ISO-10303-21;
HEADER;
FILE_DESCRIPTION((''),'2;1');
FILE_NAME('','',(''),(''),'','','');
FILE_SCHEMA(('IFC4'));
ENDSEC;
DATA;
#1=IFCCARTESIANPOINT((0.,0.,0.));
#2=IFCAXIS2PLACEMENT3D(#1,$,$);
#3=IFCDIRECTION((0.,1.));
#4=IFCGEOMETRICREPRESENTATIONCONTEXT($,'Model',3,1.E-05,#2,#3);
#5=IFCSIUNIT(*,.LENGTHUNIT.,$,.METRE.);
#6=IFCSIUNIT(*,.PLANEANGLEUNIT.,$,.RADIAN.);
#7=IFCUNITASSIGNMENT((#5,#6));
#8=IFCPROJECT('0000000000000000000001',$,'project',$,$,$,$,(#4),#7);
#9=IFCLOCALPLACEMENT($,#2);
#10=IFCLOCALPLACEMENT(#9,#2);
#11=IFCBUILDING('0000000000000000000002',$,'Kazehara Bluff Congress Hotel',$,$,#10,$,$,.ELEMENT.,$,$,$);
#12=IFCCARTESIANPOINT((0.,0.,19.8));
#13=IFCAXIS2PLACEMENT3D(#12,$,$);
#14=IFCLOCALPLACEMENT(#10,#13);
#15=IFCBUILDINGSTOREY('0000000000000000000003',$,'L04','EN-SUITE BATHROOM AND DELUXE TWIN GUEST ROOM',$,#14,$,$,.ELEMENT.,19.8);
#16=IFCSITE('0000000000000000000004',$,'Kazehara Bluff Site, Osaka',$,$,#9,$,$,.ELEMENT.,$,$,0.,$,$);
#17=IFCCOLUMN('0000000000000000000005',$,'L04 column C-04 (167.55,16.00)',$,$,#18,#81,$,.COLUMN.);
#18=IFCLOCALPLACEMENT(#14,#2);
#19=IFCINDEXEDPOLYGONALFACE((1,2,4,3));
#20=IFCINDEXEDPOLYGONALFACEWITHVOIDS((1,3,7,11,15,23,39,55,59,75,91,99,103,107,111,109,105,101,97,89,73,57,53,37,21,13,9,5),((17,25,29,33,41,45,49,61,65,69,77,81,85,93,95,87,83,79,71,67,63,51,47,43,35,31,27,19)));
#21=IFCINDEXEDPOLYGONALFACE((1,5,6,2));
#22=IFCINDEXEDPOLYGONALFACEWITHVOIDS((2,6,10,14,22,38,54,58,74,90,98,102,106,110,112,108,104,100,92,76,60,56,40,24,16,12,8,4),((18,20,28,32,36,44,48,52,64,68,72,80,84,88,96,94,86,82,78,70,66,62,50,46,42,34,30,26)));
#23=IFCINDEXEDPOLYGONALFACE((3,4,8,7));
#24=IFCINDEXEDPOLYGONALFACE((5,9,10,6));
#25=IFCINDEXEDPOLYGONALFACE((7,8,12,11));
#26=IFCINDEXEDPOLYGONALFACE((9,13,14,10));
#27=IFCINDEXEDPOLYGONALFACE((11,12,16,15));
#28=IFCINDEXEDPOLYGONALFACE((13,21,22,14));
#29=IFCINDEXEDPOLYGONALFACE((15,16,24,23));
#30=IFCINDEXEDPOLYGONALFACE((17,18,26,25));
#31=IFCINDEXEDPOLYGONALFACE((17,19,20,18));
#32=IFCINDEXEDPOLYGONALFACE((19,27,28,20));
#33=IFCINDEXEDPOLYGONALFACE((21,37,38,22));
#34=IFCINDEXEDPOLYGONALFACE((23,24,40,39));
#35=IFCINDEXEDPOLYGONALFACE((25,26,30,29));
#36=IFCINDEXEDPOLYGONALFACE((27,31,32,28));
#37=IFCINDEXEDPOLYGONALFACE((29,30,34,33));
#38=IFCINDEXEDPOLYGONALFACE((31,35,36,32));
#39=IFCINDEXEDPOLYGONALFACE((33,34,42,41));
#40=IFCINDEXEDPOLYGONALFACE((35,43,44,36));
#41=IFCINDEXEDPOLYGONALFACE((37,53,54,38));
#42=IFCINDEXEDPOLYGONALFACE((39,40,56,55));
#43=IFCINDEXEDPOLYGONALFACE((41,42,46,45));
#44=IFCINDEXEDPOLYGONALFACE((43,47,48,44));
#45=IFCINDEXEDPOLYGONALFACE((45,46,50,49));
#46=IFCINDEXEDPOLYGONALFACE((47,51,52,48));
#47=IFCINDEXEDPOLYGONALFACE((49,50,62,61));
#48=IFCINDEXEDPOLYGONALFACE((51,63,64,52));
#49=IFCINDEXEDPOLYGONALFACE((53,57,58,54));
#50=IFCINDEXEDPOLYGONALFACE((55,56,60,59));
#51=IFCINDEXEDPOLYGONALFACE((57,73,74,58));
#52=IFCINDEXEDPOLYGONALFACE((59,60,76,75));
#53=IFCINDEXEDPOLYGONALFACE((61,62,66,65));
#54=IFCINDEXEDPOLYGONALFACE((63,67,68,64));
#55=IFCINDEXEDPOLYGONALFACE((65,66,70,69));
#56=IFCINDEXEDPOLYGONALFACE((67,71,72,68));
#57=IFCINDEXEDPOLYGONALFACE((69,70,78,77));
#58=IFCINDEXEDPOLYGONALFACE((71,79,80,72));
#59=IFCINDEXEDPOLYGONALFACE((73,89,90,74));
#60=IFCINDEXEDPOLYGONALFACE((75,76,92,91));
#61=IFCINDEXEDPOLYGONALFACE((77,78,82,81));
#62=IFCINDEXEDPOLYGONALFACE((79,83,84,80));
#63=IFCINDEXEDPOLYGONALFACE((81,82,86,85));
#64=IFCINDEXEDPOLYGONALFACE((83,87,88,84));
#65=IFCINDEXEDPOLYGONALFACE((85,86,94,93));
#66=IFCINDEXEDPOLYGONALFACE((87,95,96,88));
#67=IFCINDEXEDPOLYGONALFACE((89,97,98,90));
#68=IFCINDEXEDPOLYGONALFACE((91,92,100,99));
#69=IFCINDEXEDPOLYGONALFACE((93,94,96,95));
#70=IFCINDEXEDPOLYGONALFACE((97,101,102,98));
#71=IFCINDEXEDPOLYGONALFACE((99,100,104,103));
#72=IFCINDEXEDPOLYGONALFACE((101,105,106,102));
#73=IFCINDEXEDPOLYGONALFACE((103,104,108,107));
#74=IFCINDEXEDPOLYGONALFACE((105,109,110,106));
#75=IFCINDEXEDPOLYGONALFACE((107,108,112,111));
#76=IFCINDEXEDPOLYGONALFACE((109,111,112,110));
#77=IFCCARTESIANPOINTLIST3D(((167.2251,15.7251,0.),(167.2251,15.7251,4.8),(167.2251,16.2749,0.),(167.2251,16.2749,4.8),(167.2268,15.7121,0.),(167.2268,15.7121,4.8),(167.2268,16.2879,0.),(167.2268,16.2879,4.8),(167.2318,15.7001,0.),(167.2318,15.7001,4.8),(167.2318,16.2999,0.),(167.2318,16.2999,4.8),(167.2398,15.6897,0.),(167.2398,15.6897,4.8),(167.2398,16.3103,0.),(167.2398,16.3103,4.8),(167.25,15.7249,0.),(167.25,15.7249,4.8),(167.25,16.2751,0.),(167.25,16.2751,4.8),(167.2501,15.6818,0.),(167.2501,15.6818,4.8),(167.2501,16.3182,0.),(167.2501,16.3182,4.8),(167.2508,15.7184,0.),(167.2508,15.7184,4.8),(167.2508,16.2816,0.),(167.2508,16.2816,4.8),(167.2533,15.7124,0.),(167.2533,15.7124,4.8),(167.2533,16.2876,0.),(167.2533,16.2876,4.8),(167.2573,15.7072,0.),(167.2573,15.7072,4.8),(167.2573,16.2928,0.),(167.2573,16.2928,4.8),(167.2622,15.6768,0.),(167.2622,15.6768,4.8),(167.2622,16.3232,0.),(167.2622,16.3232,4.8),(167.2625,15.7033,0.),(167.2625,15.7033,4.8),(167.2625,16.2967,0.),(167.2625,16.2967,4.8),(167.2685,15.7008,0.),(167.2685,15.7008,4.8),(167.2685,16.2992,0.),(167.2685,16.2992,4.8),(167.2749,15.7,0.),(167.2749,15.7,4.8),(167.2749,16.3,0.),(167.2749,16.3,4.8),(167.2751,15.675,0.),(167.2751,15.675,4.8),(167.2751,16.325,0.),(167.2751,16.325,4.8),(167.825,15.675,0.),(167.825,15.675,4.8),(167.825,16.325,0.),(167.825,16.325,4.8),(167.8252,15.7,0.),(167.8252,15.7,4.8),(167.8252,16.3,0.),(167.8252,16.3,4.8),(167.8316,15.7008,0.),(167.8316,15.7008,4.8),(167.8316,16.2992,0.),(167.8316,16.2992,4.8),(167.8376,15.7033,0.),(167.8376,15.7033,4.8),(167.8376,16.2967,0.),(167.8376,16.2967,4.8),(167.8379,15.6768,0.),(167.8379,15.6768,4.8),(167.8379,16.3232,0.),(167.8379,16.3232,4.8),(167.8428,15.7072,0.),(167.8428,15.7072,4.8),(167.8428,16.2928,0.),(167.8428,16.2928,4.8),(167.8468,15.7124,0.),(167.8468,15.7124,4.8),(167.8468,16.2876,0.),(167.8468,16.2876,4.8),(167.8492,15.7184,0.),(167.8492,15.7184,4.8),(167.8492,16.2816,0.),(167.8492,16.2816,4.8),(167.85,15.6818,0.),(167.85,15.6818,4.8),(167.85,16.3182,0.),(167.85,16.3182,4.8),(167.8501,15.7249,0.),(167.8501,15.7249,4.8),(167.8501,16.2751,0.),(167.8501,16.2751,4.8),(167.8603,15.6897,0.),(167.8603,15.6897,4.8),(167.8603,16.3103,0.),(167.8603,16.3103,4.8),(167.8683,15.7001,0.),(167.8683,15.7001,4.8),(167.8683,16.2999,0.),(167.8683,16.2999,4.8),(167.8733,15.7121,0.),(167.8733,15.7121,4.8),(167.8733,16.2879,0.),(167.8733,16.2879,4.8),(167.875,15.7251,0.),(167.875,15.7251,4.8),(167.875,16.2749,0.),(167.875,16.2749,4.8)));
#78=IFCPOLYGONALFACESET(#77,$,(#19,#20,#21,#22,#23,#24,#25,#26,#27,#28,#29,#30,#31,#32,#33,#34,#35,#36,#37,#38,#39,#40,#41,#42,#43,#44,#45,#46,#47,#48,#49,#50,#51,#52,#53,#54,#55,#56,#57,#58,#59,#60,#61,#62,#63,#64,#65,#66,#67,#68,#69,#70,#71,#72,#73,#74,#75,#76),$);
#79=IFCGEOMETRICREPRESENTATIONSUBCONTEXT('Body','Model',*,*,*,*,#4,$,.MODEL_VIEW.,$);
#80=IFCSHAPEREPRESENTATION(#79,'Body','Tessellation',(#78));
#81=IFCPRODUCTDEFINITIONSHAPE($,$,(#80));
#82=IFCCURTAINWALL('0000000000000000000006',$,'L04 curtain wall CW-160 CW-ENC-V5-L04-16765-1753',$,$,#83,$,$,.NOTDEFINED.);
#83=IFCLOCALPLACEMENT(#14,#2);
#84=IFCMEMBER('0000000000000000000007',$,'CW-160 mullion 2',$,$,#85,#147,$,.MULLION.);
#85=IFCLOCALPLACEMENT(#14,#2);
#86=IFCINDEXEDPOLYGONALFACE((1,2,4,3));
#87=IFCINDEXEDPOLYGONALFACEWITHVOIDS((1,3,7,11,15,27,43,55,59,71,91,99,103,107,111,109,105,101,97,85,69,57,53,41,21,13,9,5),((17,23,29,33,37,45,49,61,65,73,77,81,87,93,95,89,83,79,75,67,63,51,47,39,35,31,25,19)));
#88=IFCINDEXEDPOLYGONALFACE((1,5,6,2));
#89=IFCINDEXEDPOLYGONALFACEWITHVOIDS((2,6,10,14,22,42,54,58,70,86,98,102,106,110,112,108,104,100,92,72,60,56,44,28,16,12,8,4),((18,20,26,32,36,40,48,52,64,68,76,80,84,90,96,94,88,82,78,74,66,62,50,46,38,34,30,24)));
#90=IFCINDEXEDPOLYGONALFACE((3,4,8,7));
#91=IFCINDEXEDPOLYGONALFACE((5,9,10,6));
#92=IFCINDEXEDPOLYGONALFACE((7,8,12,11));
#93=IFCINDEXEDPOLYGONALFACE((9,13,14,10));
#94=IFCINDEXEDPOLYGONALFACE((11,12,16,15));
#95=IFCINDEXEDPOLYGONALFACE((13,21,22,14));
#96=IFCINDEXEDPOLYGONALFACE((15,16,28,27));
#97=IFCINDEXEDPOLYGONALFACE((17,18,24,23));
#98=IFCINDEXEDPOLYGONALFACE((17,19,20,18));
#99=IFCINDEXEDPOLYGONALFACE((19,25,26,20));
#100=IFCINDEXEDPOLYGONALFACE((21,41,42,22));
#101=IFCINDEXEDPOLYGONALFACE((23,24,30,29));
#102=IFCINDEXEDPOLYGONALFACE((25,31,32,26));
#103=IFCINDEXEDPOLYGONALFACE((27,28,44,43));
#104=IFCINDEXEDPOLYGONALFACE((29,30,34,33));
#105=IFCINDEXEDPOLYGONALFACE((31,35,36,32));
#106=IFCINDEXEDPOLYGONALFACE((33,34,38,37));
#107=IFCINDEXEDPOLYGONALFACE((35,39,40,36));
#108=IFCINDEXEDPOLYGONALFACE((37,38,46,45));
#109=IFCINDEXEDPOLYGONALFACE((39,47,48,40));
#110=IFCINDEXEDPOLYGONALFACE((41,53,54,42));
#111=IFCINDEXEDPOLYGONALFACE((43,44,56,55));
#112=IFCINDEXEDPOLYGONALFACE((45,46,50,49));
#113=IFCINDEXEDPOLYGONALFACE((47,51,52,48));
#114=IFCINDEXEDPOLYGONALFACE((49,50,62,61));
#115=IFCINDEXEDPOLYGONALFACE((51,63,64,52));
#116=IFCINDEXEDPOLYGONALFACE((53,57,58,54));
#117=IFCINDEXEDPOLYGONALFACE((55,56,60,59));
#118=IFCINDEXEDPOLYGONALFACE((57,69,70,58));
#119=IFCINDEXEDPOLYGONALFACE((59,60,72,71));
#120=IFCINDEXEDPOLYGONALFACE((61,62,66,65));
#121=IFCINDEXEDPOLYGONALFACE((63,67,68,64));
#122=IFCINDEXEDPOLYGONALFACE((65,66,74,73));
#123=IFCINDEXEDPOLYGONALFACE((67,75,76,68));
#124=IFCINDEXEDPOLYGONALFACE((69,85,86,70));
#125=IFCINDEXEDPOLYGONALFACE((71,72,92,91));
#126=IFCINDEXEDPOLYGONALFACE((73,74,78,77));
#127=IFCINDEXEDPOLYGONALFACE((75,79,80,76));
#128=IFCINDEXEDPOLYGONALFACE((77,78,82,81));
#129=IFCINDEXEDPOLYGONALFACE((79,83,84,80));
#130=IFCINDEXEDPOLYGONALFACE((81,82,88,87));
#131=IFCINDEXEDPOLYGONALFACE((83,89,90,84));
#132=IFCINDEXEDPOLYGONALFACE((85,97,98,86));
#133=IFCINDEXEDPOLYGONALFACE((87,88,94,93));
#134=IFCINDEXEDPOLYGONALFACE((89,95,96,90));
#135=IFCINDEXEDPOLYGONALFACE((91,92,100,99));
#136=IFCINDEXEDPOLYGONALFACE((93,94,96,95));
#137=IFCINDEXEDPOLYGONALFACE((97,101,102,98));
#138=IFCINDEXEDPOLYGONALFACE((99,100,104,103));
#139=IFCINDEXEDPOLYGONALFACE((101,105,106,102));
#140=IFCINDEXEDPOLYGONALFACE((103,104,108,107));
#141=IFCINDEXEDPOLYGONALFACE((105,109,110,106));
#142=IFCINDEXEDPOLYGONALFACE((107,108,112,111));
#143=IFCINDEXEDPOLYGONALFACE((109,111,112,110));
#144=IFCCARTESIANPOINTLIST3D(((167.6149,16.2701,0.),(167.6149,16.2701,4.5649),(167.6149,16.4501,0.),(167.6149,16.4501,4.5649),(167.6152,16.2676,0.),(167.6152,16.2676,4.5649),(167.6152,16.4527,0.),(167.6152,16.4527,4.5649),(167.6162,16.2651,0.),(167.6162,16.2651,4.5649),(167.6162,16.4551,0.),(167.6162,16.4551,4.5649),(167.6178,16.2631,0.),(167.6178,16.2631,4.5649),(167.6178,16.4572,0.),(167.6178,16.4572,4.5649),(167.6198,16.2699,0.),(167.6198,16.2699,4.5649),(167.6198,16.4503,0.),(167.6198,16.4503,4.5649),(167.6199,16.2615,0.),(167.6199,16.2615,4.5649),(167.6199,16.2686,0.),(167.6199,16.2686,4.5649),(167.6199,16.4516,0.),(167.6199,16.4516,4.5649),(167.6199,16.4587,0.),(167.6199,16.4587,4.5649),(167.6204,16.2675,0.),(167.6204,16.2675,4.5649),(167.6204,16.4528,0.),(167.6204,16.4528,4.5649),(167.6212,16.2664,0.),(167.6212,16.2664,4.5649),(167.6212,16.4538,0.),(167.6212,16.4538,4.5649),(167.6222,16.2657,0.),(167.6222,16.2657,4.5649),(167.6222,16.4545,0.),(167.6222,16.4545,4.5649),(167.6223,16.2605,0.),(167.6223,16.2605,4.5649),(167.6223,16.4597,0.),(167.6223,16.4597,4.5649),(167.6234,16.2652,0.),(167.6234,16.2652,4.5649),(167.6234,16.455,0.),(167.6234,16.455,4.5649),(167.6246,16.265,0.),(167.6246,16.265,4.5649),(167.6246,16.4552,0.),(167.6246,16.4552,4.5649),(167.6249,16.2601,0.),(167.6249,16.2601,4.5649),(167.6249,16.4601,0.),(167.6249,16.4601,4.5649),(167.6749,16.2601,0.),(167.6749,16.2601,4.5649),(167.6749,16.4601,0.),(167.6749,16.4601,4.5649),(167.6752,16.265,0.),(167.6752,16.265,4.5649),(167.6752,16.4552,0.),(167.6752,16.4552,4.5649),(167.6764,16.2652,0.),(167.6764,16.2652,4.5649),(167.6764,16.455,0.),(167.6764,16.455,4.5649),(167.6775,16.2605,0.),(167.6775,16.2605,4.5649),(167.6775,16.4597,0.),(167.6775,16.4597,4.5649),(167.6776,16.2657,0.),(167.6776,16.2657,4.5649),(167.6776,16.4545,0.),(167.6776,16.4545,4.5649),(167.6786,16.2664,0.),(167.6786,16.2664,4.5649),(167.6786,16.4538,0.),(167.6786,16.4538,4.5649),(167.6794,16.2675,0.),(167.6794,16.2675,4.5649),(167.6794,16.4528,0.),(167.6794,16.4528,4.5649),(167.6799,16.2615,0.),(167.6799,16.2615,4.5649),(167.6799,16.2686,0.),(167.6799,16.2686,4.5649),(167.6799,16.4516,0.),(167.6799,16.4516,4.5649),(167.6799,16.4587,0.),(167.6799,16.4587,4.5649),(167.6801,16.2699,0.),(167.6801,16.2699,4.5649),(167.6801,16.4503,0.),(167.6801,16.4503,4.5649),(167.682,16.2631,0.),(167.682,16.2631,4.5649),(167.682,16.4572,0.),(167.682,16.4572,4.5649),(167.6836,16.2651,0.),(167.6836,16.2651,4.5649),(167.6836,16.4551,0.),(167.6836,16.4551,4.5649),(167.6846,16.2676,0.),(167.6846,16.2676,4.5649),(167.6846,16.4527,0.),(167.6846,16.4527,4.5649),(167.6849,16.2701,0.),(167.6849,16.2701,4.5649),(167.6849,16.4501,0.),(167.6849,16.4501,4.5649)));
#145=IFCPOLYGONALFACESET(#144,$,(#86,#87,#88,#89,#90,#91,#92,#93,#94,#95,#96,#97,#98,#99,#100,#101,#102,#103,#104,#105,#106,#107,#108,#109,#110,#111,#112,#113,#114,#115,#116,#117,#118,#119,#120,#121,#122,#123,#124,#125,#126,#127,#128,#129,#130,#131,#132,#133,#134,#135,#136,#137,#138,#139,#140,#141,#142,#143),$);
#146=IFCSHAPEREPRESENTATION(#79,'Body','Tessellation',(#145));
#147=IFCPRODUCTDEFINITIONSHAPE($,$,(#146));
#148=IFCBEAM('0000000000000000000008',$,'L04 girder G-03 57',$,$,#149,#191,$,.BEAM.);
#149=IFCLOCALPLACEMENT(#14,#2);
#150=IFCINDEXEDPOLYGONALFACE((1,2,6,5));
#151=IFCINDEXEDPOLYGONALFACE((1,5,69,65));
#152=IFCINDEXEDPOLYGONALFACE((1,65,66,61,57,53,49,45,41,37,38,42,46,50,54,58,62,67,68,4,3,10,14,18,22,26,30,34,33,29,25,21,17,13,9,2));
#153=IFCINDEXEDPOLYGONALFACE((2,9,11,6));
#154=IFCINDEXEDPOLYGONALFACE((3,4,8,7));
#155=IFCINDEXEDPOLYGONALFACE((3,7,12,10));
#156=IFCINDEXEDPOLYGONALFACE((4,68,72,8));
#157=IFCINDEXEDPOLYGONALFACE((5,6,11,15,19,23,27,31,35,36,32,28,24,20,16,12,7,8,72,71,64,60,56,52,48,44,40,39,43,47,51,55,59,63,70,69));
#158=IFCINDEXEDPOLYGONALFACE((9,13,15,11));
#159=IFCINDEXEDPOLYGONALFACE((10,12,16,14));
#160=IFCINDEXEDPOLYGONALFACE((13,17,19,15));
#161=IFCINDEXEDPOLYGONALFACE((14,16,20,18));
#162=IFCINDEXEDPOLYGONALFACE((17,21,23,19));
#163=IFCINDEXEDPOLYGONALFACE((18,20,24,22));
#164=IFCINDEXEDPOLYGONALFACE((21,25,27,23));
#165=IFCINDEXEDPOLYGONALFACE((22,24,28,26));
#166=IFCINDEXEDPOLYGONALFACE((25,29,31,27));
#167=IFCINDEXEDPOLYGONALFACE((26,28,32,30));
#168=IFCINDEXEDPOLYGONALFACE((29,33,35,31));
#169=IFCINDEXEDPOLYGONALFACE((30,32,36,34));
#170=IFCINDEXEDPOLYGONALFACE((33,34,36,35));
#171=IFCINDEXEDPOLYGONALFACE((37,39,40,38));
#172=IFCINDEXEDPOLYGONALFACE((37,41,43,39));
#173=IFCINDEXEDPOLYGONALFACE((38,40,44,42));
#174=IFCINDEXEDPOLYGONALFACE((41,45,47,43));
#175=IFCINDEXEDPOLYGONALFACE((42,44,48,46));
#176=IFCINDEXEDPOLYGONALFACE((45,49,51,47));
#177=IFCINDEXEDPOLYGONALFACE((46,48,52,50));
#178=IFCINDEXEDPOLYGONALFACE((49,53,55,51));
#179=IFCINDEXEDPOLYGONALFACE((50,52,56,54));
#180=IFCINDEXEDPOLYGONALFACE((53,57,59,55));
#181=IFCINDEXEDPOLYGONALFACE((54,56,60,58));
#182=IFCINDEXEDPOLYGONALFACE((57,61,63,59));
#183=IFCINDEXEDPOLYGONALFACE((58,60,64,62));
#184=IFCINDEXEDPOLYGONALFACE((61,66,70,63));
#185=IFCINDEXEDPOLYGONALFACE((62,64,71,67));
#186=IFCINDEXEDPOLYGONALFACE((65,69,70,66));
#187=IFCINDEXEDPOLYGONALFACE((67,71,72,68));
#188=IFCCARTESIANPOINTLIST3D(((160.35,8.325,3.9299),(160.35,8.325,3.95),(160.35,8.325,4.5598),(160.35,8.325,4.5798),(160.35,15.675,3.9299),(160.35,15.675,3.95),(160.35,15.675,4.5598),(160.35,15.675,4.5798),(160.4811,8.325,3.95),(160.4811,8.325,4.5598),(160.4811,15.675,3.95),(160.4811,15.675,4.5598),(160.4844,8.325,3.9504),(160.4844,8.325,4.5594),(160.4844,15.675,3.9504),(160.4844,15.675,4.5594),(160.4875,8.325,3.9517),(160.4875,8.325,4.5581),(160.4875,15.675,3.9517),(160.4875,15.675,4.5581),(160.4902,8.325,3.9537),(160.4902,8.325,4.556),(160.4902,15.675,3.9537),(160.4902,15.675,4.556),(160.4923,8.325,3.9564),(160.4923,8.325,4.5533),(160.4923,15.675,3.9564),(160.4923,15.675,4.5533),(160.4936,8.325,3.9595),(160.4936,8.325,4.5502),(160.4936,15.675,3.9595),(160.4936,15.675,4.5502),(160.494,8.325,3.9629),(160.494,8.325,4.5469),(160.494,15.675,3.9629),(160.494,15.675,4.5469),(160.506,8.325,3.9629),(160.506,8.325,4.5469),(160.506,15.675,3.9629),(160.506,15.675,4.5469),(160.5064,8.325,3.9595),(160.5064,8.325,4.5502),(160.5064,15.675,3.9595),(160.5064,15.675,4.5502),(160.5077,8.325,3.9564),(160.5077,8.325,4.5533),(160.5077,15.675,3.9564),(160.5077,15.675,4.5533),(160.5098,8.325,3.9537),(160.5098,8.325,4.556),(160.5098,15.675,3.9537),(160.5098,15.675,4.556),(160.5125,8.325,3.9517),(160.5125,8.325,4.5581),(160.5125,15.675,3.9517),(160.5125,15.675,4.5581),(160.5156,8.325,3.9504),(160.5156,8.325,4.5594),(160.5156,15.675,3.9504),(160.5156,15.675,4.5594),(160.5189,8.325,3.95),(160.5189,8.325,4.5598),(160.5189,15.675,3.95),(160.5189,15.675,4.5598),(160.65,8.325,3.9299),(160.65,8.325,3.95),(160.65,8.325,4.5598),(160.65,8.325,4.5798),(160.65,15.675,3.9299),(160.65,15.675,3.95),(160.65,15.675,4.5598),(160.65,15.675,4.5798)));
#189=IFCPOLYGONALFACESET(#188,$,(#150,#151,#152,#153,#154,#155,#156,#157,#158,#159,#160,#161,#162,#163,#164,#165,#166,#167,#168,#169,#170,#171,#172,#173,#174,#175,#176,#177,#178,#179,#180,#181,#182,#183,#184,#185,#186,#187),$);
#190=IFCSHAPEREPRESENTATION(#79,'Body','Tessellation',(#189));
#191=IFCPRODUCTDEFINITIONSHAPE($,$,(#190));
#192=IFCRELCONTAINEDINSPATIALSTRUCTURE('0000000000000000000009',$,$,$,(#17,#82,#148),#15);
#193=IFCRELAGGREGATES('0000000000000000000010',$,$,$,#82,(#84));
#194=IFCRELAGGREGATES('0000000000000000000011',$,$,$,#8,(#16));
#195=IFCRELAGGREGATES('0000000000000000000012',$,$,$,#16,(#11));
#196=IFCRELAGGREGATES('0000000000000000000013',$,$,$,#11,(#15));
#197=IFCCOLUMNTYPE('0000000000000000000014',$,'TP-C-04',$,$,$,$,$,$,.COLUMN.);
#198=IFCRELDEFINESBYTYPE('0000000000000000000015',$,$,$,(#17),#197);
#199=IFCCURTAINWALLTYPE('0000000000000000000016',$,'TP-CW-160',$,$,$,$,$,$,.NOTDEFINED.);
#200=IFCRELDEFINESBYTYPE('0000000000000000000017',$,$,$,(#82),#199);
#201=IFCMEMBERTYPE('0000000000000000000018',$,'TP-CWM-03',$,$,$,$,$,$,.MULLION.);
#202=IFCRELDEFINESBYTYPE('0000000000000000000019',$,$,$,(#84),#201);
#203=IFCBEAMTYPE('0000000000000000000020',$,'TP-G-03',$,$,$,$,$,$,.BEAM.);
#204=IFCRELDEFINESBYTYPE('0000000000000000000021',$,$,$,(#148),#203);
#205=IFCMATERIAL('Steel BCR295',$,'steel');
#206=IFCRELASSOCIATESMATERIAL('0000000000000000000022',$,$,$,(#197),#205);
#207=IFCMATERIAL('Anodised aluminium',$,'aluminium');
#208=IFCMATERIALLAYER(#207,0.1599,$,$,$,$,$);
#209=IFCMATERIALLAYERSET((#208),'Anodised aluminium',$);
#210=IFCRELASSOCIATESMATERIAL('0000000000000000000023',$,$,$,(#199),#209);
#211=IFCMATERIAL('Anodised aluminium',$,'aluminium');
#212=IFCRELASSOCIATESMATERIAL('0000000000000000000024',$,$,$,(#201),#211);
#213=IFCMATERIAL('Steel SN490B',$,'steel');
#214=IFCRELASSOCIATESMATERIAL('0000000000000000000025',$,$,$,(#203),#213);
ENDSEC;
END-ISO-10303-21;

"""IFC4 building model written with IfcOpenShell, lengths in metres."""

from ifc_helpers import new_model, si_unit, direction, frame, origin, origin_2d, place, context, subcontext, project, spatial, hollow_rectangle, i_section, extrude, material, layer, layer_set, material_profile, profile_set, type_object, element, aggregate, save


model = new_model("IFC4")

# Units and contexts
model_context = context("Model", 3, precision=1e-05, world=origin(), true_north=direction((0.0, 1.0)))
body_context = subcontext(model_context, "Body", "Model", "MODEL_VIEW")
ifc_project = project(units=[si_unit("LENGTHUNIT", "METRE"), si_unit("PLANEANGLEUNIT", "RADIAN")], contexts=[model_context])

# Site, building, storey
site_placement = place(None, origin())
site = spatial("IfcSite", under=ifc_project, at=site_placement, Name="Kazehara Bluff Site, Osaka", CompositionType="ELEMENT", RefElevation=0.0)
building_placement = place(site_placement, origin())
building = spatial("IfcBuilding", under=site, at=building_placement, Name="Kazehara Bluff Congress Hotel", CompositionType="ELEMENT")
storey_placement = place(building_placement, frame((0.0, 0.0, 19.8)))
storey = spatial("IfcBuildingStorey", under=building, at=storey_placement, Name="L04", Description="EN-SUITE BATHROOM AND DELUXE TWIN GUEST ROOM", CompositionType="ELEMENT", Elevation=19.8)

# Column
ifc_material_1 = material(Name="Steel BCR295", Category="steel")
ifc_material_profile_1 = material_profile(ifc_material_1, hollow_rectangle(XDim=0.6499, YDim=0.6499, WallThickness=0.0249, InnerFilletRadius=0.0249, OuterFilletRadius=0.05, at=origin_2d()))
ifc_profile_set_1 = profile_set([ifc_material_profile_1], Name="Steel BCR295")
column_type = type_object("IfcColumnType", Name="TP-C-04", PredefinedType="COLUMN", material=ifc_profile_set_1)
for number, where, z_axis, x_axis, name in (
    (1, (167.55, 16.0, 0.0), (0.0, 0.0, 1.0), (1.0, 0.0, 0.0), "L04 column C-04 (167.55,16.00)"),
):
    element("IfcColumn", number, at=place(storey_placement, frame(where, z_axis=z_axis, x_axis=x_axis)), inside=storey, type_object=column_type, Name=name, PredefinedType="COLUMN", context=body_context, shape_type="SweptSolid", body=[
        extrude(hollow_rectangle(XDim=0.6499, YDim=0.6499, WallThickness=0.0249, InnerFilletRadius=0.0249, OuterFilletRadius=0.05, at=origin_2d()), origin(), (0.0, 0.0, 1.0), 4.8),
    ])

# Curtain wall, member
ifc_material_2 = material(Name="Anodised aluminium", Category="aluminium")
ifc_layer_1 = layer(ifc_material_2, 0.1599)
ifc_layer_set_1 = layer_set([ifc_layer_1], Name="Anodised aluminium")
curtain_wall_type = type_object("IfcCurtainWallType", Name="TP-CW-160", PredefinedType="NOTDEFINED", material=ifc_layer_set_1)
curtain_wall_placement = place(storey_placement, origin())
curtain_wall = element("IfcCurtainWall", 2, at=curtain_wall_placement, inside=storey, type_object=curtain_wall_type, Name="L04 curtain wall CW-160 CW-ENC-V5-L04-16765-1753", PredefinedType="NOTDEFINED")
ifc_material_3 = material(Name="Anodised aluminium", Category="aluminium")
ifc_material_profile_2 = material_profile(ifc_material_3, hollow_rectangle(XDim=0.0701, YDim=0.2, WallThickness=0.0049, InnerFilletRadius=0.0049, OuterFilletRadius=0.01, at=origin_2d()))
ifc_profile_set_2 = profile_set([ifc_material_profile_2], Name="Anodised aluminium")
member_type = type_object("IfcMemberType", Name="TP-CWM-03", PredefinedType="MULLION", material=ifc_profile_set_2)
member_placement = place(storey_placement, frame((167.6499, 16.3601, 0.0), z_axis=(0.0, 0.0, 1.0), x_axis=(1.0, 0.0, 0.0)))
member = element("IfcMember", 3, at=member_placement, type_object=member_type, Name="CW-160 mullion 2", PredefinedType="MULLION", context=body_context, shape_type="SweptSolid", body=[
    extrude(hollow_rectangle(XDim=0.0701, YDim=0.2, WallThickness=0.0049, InnerFilletRadius=0.0049, OuterFilletRadius=0.01, at=origin_2d()), origin(), (0.0, 0.0, 1.0), 4.5649),
])

# Beam
ifc_material_4 = material(Name="Steel SN490B", Category="steel")
ifc_material_profile_3 = material_profile(ifc_material_4, i_section(OverallWidth=0.3, OverallDepth=0.6499, WebThickness=0.012, FlangeThickness=0.02, FilletRadius=0.0129, at=origin_2d()))
ifc_profile_set_3 = profile_set([ifc_material_profile_3], Name="Steel SN490B")
beam_type_1 = type_object("IfcBeamType", Name="TP-G-03", PredefinedType="BEAM", material=ifc_profile_set_3)
for number, where, z_axis, x_axis, name in (
    (4, (160.5, 8.325, 4.2549), (0.0, 1.0, 0.0), (-1.0, 0.0, 0.0), "L04 girder G-03 57"),
):
    element("IfcBeam", number, at=place(storey_placement, frame(where, z_axis=z_axis, x_axis=x_axis)), inside=storey, type_object=beam_type_1, Name=name, PredefinedType="BEAM", context=body_context, shape_type="SweptSolid", body=[
        extrude(i_section(OverallWidth=0.3, OverallDepth=0.6499, WebThickness=0.012, FlangeThickness=0.02, FilletRadius=0.0129, at=origin_2d()), origin(), (0.0, 0.0, 1.0), 7.3501),
    ])

aggregate(curtain_wall, [member])

save(model, "model.ifc")
